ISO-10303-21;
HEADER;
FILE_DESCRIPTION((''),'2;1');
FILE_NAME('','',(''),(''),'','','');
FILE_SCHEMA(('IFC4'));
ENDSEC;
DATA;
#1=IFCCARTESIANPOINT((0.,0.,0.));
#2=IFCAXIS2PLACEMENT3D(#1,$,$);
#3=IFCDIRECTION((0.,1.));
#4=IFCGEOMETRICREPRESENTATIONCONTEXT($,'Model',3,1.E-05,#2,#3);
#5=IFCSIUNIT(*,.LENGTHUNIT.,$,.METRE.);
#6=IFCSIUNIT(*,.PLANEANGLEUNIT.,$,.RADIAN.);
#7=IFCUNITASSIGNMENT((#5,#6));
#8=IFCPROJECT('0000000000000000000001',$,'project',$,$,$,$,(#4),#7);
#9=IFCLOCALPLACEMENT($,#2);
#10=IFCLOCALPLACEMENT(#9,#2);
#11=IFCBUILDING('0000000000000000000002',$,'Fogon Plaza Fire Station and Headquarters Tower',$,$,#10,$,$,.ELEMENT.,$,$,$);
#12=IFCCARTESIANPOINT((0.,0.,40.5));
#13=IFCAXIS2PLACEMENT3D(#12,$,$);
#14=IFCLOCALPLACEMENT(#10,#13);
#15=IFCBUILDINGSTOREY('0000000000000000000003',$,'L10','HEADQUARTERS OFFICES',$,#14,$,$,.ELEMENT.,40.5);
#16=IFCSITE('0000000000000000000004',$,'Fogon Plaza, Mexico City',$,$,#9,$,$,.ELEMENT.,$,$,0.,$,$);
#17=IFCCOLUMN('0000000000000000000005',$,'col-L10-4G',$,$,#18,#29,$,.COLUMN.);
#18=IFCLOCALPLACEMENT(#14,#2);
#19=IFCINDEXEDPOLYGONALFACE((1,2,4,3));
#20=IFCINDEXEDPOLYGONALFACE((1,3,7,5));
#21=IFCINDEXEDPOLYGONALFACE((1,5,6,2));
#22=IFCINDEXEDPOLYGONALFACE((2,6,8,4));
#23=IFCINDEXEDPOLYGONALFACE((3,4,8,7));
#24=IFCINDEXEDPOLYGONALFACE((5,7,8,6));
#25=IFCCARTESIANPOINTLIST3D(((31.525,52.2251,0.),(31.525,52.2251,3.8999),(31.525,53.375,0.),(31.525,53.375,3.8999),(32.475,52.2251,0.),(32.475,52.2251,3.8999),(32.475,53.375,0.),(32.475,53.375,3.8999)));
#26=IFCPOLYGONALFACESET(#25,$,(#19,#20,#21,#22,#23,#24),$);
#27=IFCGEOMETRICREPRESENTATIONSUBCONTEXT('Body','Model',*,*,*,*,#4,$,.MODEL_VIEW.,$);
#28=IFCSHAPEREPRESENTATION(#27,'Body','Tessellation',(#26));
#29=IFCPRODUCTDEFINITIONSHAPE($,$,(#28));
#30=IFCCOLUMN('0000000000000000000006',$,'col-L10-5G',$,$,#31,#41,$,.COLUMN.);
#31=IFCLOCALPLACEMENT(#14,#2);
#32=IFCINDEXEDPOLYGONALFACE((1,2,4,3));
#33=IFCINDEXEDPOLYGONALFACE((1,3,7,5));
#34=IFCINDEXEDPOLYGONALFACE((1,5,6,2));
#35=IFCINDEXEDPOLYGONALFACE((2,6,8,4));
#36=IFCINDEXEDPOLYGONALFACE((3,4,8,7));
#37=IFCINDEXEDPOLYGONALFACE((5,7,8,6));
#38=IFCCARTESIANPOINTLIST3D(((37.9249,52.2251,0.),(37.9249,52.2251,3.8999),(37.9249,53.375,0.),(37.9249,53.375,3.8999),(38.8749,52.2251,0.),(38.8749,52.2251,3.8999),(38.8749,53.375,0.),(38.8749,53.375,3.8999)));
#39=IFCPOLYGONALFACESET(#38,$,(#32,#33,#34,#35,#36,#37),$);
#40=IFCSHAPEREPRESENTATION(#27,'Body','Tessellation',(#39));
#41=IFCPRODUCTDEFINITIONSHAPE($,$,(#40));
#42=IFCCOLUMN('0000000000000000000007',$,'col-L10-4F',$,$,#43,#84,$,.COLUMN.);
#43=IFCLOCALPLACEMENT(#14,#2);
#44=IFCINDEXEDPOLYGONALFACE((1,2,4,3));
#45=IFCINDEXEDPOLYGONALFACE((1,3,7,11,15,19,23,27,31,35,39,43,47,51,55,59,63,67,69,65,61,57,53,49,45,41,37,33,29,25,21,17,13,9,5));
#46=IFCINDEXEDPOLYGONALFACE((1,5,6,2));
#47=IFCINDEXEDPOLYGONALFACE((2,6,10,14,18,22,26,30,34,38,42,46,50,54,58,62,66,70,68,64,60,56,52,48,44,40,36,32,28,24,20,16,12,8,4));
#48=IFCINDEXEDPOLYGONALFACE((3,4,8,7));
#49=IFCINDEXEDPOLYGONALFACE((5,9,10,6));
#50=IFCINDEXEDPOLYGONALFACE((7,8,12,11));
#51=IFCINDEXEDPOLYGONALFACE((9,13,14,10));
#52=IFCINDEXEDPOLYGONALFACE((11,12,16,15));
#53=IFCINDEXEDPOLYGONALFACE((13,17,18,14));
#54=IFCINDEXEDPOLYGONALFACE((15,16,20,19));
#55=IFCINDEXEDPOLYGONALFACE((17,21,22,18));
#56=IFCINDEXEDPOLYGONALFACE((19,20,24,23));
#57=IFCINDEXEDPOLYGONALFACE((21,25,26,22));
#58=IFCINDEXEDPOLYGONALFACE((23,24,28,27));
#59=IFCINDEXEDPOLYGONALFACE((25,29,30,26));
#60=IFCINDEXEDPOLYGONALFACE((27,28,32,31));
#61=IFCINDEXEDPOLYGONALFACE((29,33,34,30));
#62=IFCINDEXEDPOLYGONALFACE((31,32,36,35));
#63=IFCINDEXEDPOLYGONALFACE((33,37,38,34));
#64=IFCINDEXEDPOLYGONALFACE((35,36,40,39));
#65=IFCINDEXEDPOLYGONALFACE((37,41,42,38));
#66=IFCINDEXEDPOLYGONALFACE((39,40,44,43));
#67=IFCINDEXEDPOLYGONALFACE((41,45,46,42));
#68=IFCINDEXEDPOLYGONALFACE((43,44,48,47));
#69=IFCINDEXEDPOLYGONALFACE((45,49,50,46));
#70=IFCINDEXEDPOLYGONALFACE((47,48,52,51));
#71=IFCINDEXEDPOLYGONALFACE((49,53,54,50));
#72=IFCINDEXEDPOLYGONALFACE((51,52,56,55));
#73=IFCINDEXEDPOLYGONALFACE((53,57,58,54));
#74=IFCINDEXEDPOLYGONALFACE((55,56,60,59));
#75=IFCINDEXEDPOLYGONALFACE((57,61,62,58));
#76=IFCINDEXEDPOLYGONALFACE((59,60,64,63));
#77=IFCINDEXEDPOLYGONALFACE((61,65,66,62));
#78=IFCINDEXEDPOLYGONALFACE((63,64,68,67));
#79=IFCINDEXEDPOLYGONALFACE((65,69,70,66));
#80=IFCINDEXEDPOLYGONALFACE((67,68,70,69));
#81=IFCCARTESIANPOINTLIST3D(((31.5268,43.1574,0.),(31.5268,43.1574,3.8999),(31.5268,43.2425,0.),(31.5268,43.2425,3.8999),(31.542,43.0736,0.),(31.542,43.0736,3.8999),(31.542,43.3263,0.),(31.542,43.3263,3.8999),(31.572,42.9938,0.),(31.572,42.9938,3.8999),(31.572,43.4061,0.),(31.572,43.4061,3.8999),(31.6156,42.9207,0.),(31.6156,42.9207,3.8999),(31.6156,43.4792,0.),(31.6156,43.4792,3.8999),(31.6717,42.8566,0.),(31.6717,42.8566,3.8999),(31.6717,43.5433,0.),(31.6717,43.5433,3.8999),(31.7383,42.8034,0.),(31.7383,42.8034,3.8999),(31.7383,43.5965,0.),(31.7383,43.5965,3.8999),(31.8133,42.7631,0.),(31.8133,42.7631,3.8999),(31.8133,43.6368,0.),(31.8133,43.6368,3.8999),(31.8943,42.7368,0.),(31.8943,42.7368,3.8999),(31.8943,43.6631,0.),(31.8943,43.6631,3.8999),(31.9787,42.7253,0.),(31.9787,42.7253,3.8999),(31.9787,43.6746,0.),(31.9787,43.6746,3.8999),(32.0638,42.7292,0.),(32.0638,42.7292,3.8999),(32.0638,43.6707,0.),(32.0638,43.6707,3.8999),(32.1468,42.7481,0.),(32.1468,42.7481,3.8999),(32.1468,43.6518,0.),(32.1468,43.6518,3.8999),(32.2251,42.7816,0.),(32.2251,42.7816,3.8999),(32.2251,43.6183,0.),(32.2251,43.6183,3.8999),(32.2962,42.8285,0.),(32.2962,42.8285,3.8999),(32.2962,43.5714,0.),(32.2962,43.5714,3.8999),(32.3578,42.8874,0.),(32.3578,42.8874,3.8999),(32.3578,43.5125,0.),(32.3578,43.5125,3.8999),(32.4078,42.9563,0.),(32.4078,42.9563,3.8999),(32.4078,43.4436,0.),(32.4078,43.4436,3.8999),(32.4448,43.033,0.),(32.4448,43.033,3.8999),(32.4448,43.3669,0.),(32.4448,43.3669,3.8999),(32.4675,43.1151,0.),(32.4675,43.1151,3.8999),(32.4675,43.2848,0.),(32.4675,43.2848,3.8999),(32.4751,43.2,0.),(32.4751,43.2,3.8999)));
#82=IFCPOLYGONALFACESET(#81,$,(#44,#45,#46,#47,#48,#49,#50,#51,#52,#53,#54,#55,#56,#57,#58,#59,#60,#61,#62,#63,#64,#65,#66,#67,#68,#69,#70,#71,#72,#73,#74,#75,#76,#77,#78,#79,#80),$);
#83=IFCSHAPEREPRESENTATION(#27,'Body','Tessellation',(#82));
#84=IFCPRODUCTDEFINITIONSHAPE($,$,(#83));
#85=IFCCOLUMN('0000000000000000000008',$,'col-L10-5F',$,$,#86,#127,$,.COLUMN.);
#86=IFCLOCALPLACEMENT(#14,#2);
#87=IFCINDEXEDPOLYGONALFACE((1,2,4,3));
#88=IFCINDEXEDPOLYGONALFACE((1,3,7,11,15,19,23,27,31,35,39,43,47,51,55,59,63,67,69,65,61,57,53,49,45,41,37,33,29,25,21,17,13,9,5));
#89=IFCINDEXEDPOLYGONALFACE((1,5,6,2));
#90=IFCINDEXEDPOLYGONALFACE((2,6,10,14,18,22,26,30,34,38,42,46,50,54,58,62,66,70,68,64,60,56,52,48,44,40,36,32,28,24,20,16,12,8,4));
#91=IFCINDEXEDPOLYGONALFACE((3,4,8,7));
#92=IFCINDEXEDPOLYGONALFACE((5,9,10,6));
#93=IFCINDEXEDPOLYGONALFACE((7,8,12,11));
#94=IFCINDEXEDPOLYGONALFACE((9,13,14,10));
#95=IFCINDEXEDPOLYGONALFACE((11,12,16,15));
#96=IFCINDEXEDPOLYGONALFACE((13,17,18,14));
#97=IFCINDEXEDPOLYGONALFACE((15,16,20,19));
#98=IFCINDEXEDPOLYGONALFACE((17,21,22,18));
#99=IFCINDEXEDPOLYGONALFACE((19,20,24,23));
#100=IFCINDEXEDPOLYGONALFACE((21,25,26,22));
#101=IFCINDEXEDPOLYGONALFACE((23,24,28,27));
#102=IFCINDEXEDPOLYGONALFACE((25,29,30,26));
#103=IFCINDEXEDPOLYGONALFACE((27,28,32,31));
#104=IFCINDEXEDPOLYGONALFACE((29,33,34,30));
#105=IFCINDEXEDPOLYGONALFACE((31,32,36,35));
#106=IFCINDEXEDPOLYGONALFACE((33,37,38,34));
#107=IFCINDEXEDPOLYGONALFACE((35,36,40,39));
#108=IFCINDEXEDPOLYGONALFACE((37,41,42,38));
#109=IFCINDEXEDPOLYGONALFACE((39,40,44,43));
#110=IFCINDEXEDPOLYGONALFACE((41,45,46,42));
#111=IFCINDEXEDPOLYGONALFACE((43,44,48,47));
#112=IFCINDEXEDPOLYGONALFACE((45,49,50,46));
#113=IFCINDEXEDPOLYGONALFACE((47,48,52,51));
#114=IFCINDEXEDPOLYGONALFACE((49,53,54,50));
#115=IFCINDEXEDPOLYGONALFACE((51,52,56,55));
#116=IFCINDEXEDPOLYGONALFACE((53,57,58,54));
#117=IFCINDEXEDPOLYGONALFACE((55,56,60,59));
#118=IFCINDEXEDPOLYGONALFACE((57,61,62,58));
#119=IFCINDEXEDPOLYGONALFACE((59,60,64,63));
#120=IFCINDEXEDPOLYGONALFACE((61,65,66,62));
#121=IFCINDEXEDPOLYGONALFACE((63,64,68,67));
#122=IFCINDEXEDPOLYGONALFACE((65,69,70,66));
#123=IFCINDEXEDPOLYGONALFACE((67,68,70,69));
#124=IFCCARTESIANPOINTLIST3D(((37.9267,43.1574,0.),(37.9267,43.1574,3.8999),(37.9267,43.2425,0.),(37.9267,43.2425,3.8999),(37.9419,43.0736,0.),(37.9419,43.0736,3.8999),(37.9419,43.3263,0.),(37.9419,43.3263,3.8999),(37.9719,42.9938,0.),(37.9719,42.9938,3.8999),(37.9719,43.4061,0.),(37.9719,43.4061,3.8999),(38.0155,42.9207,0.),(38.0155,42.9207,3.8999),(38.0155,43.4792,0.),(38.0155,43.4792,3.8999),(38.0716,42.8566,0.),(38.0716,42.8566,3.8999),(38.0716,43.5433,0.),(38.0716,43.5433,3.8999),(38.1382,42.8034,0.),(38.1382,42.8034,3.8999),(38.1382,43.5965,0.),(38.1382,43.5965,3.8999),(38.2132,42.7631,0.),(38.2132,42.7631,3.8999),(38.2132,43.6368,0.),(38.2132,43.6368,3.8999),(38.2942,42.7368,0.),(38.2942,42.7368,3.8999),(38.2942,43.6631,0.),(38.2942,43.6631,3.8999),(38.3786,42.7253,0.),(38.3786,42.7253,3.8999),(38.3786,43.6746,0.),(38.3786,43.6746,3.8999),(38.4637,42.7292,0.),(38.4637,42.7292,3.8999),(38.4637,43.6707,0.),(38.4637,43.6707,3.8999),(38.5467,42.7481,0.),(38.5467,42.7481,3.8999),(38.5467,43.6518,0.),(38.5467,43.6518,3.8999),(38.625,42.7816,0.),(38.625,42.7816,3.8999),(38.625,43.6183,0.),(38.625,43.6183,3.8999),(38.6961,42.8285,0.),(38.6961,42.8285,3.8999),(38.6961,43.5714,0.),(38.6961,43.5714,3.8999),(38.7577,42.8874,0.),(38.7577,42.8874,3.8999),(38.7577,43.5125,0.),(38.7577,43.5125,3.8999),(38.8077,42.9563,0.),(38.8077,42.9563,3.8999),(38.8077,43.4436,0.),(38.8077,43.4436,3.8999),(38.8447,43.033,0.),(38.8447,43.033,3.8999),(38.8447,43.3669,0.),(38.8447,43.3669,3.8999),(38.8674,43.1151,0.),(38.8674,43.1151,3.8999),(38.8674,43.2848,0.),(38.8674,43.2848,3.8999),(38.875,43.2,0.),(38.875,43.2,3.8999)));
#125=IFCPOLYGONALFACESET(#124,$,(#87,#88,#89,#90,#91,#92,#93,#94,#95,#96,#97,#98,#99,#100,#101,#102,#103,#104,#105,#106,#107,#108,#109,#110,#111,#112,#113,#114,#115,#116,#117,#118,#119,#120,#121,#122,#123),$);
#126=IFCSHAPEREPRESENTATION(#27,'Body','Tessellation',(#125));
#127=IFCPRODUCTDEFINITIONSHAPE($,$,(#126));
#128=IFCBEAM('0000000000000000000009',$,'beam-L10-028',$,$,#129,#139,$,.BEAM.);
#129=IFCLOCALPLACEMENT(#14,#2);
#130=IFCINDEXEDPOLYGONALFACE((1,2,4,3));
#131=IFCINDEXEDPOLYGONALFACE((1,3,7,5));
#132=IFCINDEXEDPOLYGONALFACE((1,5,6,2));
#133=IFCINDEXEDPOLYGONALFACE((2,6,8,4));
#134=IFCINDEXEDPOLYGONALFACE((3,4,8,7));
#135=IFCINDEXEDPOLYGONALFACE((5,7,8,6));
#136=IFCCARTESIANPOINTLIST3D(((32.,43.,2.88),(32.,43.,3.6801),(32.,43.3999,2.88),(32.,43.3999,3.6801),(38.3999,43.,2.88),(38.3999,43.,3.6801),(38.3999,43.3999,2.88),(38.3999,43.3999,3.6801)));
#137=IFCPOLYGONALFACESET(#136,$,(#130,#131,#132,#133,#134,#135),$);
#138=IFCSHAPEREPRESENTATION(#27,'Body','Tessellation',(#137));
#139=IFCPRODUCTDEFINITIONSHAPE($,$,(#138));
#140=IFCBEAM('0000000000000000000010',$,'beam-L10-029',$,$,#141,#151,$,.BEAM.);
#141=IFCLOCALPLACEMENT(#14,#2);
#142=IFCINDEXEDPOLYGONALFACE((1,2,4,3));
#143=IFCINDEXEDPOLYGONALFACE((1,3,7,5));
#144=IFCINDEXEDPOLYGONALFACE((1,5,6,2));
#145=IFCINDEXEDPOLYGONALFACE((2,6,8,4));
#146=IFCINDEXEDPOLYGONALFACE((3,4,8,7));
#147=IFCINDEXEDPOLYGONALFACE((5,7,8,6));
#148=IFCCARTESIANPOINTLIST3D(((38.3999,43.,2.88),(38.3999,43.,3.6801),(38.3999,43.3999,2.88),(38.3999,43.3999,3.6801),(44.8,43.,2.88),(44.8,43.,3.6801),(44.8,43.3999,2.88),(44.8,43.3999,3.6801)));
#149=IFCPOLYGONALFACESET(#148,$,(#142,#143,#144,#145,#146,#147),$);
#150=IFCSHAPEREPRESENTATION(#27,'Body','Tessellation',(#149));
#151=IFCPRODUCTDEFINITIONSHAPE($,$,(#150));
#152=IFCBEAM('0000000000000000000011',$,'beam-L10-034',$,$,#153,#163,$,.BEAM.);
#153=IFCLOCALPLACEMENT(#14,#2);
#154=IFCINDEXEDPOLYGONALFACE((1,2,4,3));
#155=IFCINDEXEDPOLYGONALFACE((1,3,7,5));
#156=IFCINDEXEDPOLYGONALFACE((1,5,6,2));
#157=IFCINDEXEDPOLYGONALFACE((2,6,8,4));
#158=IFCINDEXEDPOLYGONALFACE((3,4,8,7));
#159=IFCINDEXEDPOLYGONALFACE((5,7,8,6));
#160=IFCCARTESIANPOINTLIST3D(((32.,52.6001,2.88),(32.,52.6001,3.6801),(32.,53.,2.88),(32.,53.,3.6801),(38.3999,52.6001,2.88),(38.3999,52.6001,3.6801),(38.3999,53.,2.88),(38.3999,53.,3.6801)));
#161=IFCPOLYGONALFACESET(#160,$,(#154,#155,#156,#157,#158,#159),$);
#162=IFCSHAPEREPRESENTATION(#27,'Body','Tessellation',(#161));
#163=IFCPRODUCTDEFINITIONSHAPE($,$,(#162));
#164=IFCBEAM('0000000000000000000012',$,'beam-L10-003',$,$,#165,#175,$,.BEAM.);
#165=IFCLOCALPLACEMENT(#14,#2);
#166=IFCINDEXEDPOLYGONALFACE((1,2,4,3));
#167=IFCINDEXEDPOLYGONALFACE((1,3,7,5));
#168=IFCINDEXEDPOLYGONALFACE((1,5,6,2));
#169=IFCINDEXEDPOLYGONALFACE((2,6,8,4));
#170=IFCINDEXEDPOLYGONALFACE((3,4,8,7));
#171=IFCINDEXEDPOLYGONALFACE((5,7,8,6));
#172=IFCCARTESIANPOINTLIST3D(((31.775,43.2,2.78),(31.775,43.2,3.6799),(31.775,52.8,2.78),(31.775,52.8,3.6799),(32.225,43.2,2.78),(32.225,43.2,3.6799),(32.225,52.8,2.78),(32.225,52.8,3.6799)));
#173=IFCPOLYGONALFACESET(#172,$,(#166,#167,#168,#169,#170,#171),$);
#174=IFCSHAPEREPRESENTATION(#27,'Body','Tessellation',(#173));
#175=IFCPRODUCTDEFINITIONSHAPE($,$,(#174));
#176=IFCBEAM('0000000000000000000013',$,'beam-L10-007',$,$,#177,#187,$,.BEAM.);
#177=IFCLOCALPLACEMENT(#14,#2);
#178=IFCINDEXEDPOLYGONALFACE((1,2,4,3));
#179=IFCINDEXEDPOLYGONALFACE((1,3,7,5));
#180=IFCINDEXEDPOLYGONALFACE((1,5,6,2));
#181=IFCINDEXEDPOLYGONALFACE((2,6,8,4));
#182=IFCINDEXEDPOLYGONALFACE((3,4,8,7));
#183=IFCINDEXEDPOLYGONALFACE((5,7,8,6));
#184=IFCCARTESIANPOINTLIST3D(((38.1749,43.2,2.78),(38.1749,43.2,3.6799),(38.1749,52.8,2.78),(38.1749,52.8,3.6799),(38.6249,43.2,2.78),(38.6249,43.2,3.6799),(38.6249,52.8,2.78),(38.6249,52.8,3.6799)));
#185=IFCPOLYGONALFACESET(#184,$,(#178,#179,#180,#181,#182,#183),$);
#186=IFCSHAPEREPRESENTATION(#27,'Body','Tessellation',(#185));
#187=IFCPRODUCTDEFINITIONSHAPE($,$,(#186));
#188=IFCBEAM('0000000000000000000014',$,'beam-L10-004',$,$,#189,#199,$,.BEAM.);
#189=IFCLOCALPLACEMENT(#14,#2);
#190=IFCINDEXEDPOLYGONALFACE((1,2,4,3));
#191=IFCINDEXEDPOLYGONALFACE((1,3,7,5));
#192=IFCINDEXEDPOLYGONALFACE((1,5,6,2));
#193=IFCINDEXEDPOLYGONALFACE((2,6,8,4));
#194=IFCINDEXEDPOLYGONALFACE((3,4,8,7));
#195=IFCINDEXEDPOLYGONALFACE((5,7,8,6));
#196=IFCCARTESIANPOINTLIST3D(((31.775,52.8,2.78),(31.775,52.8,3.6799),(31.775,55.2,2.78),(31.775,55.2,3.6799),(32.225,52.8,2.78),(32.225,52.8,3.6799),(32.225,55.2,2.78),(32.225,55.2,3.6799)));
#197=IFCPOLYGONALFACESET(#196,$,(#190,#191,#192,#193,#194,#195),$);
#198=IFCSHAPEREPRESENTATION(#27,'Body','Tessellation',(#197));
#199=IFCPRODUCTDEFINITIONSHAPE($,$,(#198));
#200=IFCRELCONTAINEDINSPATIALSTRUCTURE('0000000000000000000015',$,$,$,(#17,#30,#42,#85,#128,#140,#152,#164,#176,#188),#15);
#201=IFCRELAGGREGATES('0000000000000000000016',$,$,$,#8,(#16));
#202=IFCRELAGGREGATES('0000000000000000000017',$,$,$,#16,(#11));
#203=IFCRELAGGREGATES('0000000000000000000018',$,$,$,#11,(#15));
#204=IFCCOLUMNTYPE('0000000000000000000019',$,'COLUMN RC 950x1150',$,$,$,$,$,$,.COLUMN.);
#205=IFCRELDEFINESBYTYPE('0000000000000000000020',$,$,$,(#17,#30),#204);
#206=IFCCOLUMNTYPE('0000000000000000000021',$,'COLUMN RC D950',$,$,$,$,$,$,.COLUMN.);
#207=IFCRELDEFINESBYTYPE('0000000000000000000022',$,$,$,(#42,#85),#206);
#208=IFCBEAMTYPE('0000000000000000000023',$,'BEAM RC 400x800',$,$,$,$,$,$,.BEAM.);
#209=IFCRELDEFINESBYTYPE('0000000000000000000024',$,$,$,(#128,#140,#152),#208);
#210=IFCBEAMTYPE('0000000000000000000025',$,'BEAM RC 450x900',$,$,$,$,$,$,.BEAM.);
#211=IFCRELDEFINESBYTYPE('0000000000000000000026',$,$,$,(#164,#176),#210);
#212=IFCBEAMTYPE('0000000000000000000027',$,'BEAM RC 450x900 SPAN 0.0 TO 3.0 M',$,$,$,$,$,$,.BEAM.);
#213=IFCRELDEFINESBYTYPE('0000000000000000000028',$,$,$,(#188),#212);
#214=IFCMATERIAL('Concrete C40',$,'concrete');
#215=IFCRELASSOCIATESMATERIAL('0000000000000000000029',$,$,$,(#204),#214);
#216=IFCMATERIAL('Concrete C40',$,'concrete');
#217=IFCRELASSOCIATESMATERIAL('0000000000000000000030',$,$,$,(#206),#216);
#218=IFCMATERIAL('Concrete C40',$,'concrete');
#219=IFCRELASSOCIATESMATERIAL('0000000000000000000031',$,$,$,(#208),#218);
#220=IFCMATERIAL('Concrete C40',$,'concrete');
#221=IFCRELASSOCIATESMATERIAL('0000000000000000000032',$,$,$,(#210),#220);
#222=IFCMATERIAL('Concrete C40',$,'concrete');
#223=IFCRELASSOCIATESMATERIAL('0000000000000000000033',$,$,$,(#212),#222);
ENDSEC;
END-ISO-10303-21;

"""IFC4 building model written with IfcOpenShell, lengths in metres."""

from ifc_helpers import new_model, si_unit, direction, frame, origin, origin_2d, place, context, subcontext, project, spatial, rectangle, circle, extrude, material, material_profile, profile_set, type_object, element, save


model = new_model("IFC4")

# Units and contexts
model_context = context("Model", 3, precision=1e-05, world=origin(), true_north=direction((0.0, 1.0)))
body_context = subcontext(model_context, "Body", "Model", "MODEL_VIEW")
ifc_project = project(units=[si_unit("LENGTHUNIT", "METRE"), si_unit("PLANEANGLEUNIT", "RADIAN")], contexts=[model_context])

# Site, building, storey
site_placement = place(None, origin())
site = spatial("IfcSite", under=ifc_project, at=site_placement, Name="Fogon Plaza, Mexico City", CompositionType="ELEMENT", RefElevation=0.0)
building_placement = place(site_placement, origin())
building = spatial("IfcBuilding", under=site, at=building_placement, Name="Fogon Plaza Fire Station and Headquarters Tower", CompositionType="ELEMENT")
storey_placement = place(building_placement, frame((0.0, 0.0, 40.5)))
storey = spatial("IfcBuildingStorey", under=building, at=storey_placement, Name="L10", Description="HEADQUARTERS OFFICES", CompositionType="ELEMENT", Elevation=40.5)

# Columns
ifc_material_1 = material(Name="Concrete C40", Category="concrete")
ifc_material_profile_1 = material_profile(ifc_material_1, rectangle(XDim=0.95, YDim=1.1499, at=origin_2d()), Name="RC 950x1150")
ifc_profile_set_1 = profile_set([ifc_material_profile_1], Name="Concrete C40")
column_type_1 = type_object("IfcColumnType", Name="COLUMN RC 950x1150", PredefinedType="COLUMN", material=ifc_profile_set_1)
for number, where, z_axis, x_axis, name in (
    (1, (32.0, 52.8, 0.0), (0.0, 0.0, 1.0), (1.0, 0.0, 0.0), "col-L10-4G"),
    (2, (38.3999, 52.8, 0.0), (0.0, 0.0, 1.0), (1.0, 0.0, 0.0), "col-L10-5G"),
):
    element("IfcColumn", number, at=place(storey_placement, frame(where, z_axis=z_axis, x_axis=x_axis)), inside=storey, type_object=column_type_1, Name=name, PredefinedType="COLUMN", context=body_context, shape_type="SweptSolid", body=[
        extrude(rectangle(XDim=0.95, YDim=1.1499, at=origin_2d()), origin(), (0.0, 0.0, 1.0), 3.8999),
    ])
ifc_material_2 = material(Name="Concrete C40", Category="concrete")
ifc_material_profile_2 = material_profile(ifc_material_2, circle(Radius=0.4751, at=origin_2d()), Name="RC D950")
ifc_profile_set_2 = profile_set([ifc_material_profile_2], Name="Concrete C40")
column_type_2 = type_object("IfcColumnType", Name="COLUMN RC D950", PredefinedType="COLUMN", material=ifc_profile_set_2)
for number, where, z_axis, x_axis, name in (
    (3, (32.0, 43.2, 0.0), (0.0, 0.0, 1.0), (1.0, 0.0, 0.0), "col-L10-4F"),
    (4, (38.3999, 43.2, 0.0), (0.0, 0.0, 1.0), (1.0, 0.0, 0.0), "col-L10-5F"),
):
    element("IfcColumn", number, at=place(storey_placement, frame(where, z_axis=z_axis, x_axis=x_axis)), inside=storey, type_object=column_type_2, Name=name, PredefinedType="COLUMN", context=body_context, shape_type="SweptSolid", body=[
        extrude(circle(Radius=0.4751, at=origin_2d()), origin(), (0.0, 0.0, 1.0), 3.8999),
    ])

# Beams
ifc_material_3 = material(Name="Concrete C40", Category="concrete")
ifc_material_profile_3 = material_profile(ifc_material_3, rectangle(XDim=0.3999, YDim=0.8, at=origin_2d()), Name="RC 400x800")
ifc_profile_set_3 = profile_set([ifc_material_profile_3], Name="Concrete C40")
beam_type_1 = type_object("IfcBeamType", Name="BEAM RC 400x800", PredefinedType="BEAM", material=ifc_profile_set_3)
beam_1_placement = place(storey_placement, frame((32.0, 43.2, 3.28), z_axis=(1.0, 0.0, 0.0), x_axis=(0.0, 1.0, 0.0)))
element("IfcBeam", 5, at=beam_1_placement, inside=storey, type_object=beam_type_1, Name="beam-L10-028", PredefinedType="BEAM", context=body_context, shape_type="SweptSolid", body=[
    extrude(rectangle(XDim=0.3999, YDim=0.8, at=origin_2d()), origin(), (0.0, 0.0, 1.0), 6.3999),
])
beam_2_placement = place(storey_placement, frame((38.3999, 43.2, 3.28), z_axis=(1.0, 0.0, 0.0), x_axis=(0.0, 1.0, 0.0)))
element("IfcBeam", 6, at=beam_2_placement, inside=storey, type_object=beam_type_1, Name="beam-L10-029", PredefinedType="BEAM", context=body_context, shape_type="SweptSolid", body=[
    extrude(rectangle(XDim=0.3999, YDim=0.8, at=origin_2d()), origin(), (0.0, 0.0, 1.0), 6.4001),
])
beam_3_placement = place(storey_placement, frame((32.0, 52.8, 3.28), z_axis=(1.0, 0.0, 0.0), x_axis=(0.0, 1.0, 0.0)))
element("IfcBeam", 7, at=beam_3_placement, inside=storey, type_object=beam_type_1, Name="beam-L10-034", PredefinedType="BEAM", context=body_context, shape_type="SweptSolid", body=[
    extrude(rectangle(XDim=0.3999, YDim=0.8, at=origin_2d()), origin(), (0.0, 0.0, 1.0), 6.3999),
])
ifc_material_4 = material(Name="Concrete C40", Category="concrete")
ifc_material_profile_4 = material_profile(ifc_material_4, rectangle(XDim=0.45, YDim=0.8999, at=origin_2d()), Name="RC 450x900")
ifc_profile_set_4 = profile_set([ifc_material_profile_4], Name="Concrete C40")
beam_type_2 = type_object("IfcBeamType", Name="BEAM RC 450x900", PredefinedType="BEAM", material=ifc_profile_set_4)
for number, where, z_axis, x_axis, name in (
    (8, (32.0, 43.2, 3.23), (0.0, 1.0, 0.0), (-1.0, 0.0, 0.0), "beam-L10-003"),
    (9, (38.3999, 43.2, 3.23), (0.0, 1.0, 0.0), (-1.0, 0.0, 0.0), "beam-L10-007"),
):
    element("IfcBeam", number, at=place(storey_placement, frame(where, z_axis=z_axis, x_axis=x_axis)), inside=storey, type_object=beam_type_2, Name=name, PredefinedType="BEAM", context=body_context, shape_type="SweptSolid", body=[
        extrude(rectangle(XDim=0.45, YDim=0.8999, at=origin_2d()), origin(), (0.0, 0.0, 1.0), 9.6001),
    ])
ifc_material_5 = material(Name="Concrete C40", Category="concrete")
ifc_material_profile_5 = material_profile(ifc_material_5, rectangle(XDim=0.45, YDim=0.8999, at=origin_2d()), Name="RC 450x900")
ifc_profile_set_5 = profile_set([ifc_material_profile_5], Name="Concrete C40")
beam_type_3 = type_object("IfcBeamType", Name="BEAM RC 450x900 SPAN 0.0 TO 3.0 M", PredefinedType="BEAM", material=ifc_profile_set_5)
beam_4_placement = place(storey_placement, frame((32.0, 52.8, 3.23), z_axis=(0.0, 1.0, 0.0), x_axis=(-1.0, 0.0, 0.0)))
element("IfcBeam", 10, at=beam_4_placement, inside=storey, type_object=beam_type_3, Name="beam-L10-004", PredefinedType="BEAM", context=body_context, shape_type="SweptSolid", body=[
    extrude(rectangle(XDim=0.45, YDim=0.8999, at=origin_2d()), origin(), (0.0, 0.0, 1.0), 2.3999),
])

save(model, "model.ifc")
